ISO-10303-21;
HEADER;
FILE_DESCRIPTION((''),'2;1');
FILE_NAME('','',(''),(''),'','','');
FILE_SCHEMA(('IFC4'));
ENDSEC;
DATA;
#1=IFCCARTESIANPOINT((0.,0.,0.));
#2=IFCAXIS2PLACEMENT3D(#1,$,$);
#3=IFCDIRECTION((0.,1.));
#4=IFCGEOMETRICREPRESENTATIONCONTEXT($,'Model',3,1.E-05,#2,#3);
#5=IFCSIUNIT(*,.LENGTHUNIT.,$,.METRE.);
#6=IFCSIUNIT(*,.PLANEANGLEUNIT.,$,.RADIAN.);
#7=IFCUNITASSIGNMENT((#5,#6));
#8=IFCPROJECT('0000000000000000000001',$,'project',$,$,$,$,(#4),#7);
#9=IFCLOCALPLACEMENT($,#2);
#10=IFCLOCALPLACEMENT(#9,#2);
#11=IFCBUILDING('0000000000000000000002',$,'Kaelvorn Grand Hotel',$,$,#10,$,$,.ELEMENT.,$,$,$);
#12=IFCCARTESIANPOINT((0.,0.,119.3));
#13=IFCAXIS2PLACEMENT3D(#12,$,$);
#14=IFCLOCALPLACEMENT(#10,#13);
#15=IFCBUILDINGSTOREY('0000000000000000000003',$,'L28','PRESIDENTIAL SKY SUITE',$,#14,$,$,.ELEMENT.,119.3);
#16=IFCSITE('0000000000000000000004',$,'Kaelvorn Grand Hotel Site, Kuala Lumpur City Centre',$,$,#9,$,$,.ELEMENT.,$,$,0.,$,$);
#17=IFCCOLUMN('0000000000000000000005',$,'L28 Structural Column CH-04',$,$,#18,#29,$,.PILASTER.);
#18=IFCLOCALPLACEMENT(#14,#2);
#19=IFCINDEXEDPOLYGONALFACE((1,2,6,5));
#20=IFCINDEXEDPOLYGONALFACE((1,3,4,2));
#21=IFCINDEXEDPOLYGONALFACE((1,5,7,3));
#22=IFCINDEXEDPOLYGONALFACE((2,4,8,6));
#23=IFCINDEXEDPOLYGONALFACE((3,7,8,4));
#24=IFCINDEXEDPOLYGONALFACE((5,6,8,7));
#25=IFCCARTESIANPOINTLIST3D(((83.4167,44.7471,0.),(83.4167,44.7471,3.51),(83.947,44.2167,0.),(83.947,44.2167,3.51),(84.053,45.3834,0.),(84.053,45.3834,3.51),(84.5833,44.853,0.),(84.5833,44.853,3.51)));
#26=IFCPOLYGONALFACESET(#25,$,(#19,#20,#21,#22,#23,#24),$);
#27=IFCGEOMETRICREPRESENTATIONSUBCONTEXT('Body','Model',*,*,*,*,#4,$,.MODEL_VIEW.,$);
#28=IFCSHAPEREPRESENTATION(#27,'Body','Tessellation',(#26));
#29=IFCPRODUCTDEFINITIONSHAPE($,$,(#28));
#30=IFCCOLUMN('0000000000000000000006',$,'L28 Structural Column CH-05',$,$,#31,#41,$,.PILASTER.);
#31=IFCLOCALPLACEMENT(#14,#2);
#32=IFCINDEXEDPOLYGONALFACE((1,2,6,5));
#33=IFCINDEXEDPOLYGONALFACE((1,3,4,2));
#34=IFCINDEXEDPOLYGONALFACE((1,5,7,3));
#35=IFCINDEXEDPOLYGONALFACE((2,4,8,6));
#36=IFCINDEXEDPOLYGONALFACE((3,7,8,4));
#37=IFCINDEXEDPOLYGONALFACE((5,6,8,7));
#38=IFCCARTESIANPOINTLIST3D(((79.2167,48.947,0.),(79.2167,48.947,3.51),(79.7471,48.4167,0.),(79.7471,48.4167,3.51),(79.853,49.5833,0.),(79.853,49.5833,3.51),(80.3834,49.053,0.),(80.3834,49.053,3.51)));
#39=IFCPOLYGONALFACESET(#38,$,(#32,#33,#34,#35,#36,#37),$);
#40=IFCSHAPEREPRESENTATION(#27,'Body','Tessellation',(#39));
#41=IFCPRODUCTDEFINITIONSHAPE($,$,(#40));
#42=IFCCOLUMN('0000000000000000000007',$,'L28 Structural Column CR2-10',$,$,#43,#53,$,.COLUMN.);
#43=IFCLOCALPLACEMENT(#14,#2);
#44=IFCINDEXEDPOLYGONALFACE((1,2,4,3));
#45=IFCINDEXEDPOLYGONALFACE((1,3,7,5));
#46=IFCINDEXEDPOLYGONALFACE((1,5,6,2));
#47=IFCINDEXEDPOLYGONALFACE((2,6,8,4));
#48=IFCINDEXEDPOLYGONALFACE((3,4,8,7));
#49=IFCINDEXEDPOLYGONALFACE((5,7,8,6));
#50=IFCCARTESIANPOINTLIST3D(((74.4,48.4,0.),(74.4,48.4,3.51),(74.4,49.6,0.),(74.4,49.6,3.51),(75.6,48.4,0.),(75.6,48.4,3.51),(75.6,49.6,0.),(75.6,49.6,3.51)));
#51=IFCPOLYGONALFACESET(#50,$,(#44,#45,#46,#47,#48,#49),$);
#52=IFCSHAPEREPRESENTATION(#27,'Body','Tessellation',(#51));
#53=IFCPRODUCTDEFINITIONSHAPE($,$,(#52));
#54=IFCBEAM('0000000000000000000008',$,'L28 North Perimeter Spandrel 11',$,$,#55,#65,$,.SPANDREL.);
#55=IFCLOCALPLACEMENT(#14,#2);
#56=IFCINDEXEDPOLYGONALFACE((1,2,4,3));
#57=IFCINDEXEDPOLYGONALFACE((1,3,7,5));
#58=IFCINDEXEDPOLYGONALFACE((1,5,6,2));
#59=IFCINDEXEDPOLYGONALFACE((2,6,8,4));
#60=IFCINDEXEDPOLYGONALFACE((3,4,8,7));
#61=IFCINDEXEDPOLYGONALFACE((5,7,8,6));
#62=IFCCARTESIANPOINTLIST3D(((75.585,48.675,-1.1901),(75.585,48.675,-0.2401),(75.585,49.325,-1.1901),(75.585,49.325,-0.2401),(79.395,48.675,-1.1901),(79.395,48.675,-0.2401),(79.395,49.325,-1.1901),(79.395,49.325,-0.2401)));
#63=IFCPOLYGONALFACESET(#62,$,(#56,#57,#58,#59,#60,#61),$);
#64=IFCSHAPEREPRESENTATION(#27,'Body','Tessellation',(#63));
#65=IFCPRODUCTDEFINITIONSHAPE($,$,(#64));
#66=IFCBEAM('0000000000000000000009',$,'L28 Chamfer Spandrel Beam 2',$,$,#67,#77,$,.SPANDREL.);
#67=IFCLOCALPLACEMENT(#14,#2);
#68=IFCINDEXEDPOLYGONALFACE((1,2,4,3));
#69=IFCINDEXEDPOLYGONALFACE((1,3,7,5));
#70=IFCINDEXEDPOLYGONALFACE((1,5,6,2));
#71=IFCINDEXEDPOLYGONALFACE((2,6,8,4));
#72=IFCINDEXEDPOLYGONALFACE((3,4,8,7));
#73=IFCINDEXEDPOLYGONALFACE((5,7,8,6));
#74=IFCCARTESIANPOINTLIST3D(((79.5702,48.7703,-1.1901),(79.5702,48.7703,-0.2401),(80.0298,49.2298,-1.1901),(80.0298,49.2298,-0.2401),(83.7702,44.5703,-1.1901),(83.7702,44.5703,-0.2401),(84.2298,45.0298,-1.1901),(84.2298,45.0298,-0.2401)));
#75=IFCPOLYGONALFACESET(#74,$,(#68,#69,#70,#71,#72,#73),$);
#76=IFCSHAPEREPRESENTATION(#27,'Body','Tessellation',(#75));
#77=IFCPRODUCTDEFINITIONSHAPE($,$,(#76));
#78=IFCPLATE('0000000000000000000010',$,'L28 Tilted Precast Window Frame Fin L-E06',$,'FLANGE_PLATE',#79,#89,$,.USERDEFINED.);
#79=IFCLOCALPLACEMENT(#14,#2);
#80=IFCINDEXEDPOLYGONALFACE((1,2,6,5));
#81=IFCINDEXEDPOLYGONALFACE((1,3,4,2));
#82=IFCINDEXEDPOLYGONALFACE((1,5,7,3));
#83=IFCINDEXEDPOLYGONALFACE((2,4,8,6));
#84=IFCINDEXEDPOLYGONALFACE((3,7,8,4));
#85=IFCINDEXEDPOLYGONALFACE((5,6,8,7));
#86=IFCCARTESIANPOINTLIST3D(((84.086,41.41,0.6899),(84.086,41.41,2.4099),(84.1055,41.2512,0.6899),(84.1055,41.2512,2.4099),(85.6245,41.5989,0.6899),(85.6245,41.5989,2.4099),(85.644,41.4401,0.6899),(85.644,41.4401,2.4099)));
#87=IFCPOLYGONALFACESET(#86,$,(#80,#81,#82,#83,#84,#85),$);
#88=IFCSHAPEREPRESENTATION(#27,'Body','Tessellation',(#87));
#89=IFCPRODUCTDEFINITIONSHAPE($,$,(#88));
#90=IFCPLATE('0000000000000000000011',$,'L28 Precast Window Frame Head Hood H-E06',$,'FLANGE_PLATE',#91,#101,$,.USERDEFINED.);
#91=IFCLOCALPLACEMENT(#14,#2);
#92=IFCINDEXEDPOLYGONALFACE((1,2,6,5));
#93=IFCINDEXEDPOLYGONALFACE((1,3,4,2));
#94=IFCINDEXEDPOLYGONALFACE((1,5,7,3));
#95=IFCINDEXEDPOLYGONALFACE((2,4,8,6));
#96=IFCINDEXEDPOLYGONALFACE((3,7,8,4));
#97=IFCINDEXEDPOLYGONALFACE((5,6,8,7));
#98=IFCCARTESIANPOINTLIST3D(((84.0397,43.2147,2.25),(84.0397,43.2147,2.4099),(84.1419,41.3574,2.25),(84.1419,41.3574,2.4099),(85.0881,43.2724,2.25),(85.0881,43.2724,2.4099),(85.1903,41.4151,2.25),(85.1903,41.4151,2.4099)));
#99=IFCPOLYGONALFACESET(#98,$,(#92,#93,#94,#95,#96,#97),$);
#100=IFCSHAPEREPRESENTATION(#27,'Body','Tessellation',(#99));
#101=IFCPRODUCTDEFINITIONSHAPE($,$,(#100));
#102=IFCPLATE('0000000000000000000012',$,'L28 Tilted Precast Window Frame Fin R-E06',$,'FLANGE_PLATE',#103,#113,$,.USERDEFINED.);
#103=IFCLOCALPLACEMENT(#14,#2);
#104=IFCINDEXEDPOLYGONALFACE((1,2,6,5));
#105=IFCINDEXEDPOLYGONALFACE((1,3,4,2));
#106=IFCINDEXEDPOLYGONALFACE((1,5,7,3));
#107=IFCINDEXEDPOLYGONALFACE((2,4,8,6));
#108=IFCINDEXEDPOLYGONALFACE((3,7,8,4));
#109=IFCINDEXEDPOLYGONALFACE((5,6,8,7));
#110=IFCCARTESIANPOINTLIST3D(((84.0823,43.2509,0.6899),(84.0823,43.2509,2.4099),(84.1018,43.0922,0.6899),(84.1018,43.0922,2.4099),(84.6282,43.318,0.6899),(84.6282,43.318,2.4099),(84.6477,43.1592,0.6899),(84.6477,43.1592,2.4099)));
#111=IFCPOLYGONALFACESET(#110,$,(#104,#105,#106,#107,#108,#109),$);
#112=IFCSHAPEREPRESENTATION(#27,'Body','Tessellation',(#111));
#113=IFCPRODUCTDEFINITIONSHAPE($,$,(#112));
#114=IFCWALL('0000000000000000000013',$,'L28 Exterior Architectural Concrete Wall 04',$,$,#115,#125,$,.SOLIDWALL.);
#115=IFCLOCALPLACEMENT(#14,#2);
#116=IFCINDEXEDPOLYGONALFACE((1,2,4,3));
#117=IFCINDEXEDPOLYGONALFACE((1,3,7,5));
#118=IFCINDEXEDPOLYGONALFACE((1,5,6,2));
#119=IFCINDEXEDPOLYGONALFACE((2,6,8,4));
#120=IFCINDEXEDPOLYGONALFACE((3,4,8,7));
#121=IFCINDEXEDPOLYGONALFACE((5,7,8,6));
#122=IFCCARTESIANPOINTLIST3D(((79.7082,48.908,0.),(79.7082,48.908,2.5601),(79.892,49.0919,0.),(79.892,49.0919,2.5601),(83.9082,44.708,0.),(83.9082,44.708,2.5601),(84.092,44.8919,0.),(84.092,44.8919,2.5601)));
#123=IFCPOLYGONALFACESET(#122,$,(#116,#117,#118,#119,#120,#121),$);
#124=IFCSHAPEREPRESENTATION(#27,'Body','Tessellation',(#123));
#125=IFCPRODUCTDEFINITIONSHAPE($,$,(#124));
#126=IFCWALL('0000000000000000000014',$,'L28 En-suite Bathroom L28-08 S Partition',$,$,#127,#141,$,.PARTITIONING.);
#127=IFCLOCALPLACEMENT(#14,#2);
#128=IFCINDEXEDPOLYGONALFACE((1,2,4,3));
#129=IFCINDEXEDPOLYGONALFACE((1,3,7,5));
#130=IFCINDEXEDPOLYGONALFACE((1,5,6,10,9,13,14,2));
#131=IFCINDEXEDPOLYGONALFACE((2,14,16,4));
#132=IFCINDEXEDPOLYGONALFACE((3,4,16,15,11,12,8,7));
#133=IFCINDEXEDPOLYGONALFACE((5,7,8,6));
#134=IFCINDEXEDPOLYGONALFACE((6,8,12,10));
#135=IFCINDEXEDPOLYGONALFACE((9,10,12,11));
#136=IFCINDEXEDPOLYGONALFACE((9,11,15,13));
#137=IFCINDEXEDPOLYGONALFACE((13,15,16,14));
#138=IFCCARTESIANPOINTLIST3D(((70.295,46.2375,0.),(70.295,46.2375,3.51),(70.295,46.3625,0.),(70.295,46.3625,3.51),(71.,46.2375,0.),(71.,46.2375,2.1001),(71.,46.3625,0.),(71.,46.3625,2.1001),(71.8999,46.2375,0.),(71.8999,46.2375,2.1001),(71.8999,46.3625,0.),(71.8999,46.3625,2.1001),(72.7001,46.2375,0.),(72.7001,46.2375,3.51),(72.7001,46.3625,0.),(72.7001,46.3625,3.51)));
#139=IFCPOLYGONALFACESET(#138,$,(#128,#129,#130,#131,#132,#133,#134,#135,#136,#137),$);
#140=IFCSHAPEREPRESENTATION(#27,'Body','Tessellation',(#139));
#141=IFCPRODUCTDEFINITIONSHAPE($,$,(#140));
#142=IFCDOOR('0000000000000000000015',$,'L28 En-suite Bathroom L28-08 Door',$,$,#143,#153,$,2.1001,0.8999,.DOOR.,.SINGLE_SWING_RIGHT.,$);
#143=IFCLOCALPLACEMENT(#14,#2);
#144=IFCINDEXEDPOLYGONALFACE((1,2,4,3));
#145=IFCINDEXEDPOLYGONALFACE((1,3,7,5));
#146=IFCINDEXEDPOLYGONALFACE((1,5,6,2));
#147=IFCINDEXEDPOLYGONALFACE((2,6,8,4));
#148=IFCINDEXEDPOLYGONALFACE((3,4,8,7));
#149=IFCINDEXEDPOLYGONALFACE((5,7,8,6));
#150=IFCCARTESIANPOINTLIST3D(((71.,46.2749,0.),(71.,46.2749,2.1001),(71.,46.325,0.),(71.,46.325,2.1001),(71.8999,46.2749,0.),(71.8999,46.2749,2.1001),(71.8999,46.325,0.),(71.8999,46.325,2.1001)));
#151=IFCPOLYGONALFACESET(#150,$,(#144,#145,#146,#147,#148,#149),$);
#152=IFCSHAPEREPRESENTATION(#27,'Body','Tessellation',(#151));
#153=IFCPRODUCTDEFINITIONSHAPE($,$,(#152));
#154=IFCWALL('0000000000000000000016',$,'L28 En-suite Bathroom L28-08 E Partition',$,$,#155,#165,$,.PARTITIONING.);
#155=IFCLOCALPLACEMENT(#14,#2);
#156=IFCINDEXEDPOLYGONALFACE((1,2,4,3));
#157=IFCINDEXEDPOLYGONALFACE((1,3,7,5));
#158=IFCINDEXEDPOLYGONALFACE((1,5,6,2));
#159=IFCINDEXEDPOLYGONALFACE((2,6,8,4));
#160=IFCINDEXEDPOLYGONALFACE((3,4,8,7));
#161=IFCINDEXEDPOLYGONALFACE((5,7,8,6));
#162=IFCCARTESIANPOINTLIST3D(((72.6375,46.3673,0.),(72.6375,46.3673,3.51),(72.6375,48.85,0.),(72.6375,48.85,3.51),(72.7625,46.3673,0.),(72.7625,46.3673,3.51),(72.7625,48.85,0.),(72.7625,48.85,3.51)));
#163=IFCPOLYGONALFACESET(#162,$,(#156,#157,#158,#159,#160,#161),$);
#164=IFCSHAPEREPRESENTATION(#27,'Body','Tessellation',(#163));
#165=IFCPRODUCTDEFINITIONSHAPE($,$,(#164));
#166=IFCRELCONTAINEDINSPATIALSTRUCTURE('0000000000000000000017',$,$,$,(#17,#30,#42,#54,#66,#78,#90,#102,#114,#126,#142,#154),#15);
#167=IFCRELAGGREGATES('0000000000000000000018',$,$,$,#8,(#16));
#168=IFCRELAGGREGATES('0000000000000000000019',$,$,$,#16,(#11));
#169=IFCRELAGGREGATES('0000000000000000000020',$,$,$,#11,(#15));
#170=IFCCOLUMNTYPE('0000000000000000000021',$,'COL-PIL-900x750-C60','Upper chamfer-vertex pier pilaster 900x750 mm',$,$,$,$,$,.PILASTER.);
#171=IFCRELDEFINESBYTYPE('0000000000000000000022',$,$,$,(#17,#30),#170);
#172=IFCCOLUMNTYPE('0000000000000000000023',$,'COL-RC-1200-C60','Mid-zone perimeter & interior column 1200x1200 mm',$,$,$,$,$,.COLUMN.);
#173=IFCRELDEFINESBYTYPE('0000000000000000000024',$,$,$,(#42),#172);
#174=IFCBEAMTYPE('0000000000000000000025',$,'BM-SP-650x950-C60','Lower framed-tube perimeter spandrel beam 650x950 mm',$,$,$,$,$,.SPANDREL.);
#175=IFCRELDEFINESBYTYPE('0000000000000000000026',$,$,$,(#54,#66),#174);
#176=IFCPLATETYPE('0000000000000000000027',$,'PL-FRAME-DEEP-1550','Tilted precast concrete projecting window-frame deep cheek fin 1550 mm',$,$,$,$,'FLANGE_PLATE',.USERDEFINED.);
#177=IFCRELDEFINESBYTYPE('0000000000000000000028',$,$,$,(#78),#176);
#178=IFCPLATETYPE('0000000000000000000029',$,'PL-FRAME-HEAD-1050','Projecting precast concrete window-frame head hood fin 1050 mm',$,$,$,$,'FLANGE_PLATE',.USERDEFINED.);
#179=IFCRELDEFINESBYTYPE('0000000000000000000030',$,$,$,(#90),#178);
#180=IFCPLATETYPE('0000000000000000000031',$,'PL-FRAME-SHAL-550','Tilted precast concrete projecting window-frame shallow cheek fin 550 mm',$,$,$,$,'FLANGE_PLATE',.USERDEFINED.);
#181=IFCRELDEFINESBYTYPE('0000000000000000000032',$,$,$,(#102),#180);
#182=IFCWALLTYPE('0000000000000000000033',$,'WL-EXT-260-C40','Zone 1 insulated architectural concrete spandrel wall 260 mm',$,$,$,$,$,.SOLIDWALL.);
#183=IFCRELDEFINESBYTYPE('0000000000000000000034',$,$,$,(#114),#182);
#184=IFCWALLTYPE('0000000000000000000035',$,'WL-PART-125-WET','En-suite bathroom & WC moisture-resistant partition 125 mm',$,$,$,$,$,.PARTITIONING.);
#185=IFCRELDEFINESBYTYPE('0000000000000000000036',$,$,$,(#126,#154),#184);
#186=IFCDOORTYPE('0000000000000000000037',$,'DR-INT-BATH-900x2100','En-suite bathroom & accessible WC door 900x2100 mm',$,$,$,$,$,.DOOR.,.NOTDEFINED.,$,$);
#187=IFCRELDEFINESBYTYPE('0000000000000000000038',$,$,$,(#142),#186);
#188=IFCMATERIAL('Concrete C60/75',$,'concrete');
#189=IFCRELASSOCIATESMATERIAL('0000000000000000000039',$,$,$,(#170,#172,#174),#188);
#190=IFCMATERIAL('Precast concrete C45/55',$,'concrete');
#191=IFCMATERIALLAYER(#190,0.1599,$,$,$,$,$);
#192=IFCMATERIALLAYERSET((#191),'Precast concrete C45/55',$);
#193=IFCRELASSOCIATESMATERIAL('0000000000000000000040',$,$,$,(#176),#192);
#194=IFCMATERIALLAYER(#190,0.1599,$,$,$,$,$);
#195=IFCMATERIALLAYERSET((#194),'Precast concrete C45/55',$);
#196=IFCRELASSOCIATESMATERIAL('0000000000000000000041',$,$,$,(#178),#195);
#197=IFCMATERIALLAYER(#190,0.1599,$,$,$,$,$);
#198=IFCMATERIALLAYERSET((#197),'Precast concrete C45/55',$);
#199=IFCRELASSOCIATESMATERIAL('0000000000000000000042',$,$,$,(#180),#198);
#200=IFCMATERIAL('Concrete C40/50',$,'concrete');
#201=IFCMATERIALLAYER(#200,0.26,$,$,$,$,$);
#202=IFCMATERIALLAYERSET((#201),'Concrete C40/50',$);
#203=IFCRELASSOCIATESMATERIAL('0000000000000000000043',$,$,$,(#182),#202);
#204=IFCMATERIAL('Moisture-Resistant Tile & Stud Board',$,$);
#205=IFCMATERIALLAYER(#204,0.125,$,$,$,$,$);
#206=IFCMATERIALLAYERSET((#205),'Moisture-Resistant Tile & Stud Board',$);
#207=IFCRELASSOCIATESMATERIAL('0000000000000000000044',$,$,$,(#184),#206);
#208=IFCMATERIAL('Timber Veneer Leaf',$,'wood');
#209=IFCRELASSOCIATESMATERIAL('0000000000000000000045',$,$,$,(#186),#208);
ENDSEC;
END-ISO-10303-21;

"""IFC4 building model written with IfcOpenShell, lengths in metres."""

from ifc_helpers import new_model, si_unit, direction, frame, frame_2d, origin, origin_2d, place, context, subcontext, project, spatial, rectangle, extrude, material, layer, layer_set, material_profile, profile_set, type_object, element, fill, save


model = new_model("IFC4")

# Units and contexts
model_context = context("Model", 3, precision=1e-05, world=origin(), true_north=direction((0.0, 1.0)))
body_context = subcontext(model_context, "Body", "Model", "MODEL_VIEW")
ifc_project = project(units=[si_unit("LENGTHUNIT", "METRE"), si_unit("PLANEANGLEUNIT", "RADIAN")], contexts=[model_context])

# Site, building, storey
site_placement = place(None, origin())
site = spatial("IfcSite", under=ifc_project, at=site_placement, Name="Kaelvorn Grand Hotel Site, Kuala Lumpur City Centre", CompositionType="ELEMENT", RefElevation=0.0)
building_placement = place(site_placement, origin())
building = spatial("IfcBuilding", under=site, at=building_placement, Name="Kaelvorn Grand Hotel", CompositionType="ELEMENT")
storey_placement = place(building_placement, frame((0.0, 0.0, 119.3)))
storey = spatial("IfcBuildingStorey", under=building, at=storey_placement, Name="L28", Description="PRESIDENTIAL SKY SUITE", CompositionType="ELEMENT", Elevation=119.3)

# Columns
ifc_material_1 = material(Name="Concrete C60/75", Category="concrete")
ifc_material_profile_1 = material_profile(ifc_material_1, rectangle(XDim=0.8999, YDim=0.75, at=origin_2d()), Name="RC PILASTER 900x750")
ifc_profile_set_1 = profile_set([ifc_material_profile_1], Name="Concrete C60/75")
column_type_1 = type_object("IfcColumnType", Name="COL-PIL-900x750-C60", Description="Upper chamfer-vertex pier pilaster 900x750 mm", PredefinedType="PILASTER", material=ifc_profile_set_1)
for number, where, z_axis, x_axis, name in (
    (1, (84.0, 44.8, 0.0), (0.0, 0.0, 1.0), (0.707107, 0.707107, 0.0), "L28 Structural Column CH-04"),
    (2, (79.8, 49.0, 0.0), (0.0, 0.0, 1.0), (0.707107, 0.707107, 0.0), "L28 Structural Column CH-05"),
):
    element("IfcColumn", number, at=place(storey_placement, frame(where, z_axis=z_axis, x_axis=x_axis)), inside=storey, type_object=column_type_1, Name=name, PredefinedType="PILASTER", context=body_context, shape_type="SweptSolid", body=[
        extrude(rectangle(XDim=0.8999, YDim=0.75, at=origin_2d()), origin(), (0.0, 0.0, 1.0), 3.51),
    ])
ifc_material_profile_2 = material_profile(ifc_material_1, rectangle(XDim=1.2, YDim=1.2, at=origin_2d()), Name="RC COL 1200x1200")
ifc_profile_set_2 = profile_set([ifc_material_profile_2], Name="Concrete C60/75")
column_type_2 = type_object("IfcColumnType", Name="COL-RC-1200-C60", Description="Mid-zone perimeter & interior column 1200x1200 mm", PredefinedType="COLUMN", material=ifc_profile_set_2)
column_placement = place(storey_placement, frame((75.0, 49.0, 0.0), z_axis=(0.0, 0.0, 1.0), x_axis=(1.0, 0.0, 0.0)))
element("IfcColumn", 3, at=column_placement, inside=storey, type_object=column_type_2, Name="L28 Structural Column CR2-10", PredefinedType="COLUMN", context=body_context, shape_type="SweptSolid", body=[
    extrude(rectangle(XDim=1.2, YDim=1.2, at=origin_2d()), origin(), (0.0, 0.0, 1.0), 3.51),
])

# Beams
ifc_material_profile_3 = material_profile(ifc_material_1, rectangle(XDim=0.6499, YDim=0.95, at=origin_2d()), Name="RC SPANDREL 650x950")
ifc_profile_set_3 = profile_set([ifc_material_profile_3], Name="Concrete C60/75")
beam_type = type_object("IfcBeamType", Name="BM-SP-650x950-C60", Description="Lower framed-tube perimeter spandrel beam 650x950 mm", PredefinedType="SPANDREL", material=ifc_profile_set_3)
beam_1_placement = place(storey_placement, frame((75.585, 49.0, -0.7151), z_axis=(1.0, 0.0, 0.0), x_axis=(0.0, 1.0, 0.0)))
element("IfcBeam", 4, at=beam_1_placement, inside=storey, type_object=beam_type, Name="L28 North Perimeter Spandrel 11", PredefinedType="SPANDREL", context=body_context, shape_type="SweptSolid", body=[
    extrude(rectangle(XDim=0.6499, YDim=0.95, at=origin_2d()), origin(), (0.0, 0.0, 1.0), 3.8101),
])
beam_2_placement = place(storey_placement, frame((84.0, 44.8, -0.7151), z_axis=(-0.707107, 0.707107, 0.0), x_axis=(-0.707107, -0.707107, 0.0)))
element("IfcBeam", 5, at=beam_2_placement, inside=storey, type_object=beam_type, Name="L28 Chamfer Spandrel Beam 2", PredefinedType="SPANDREL", context=body_context, shape_type="SweptSolid", body=[
    extrude(rectangle(XDim=0.6499, YDim=0.95, at=origin_2d()), origin(), (0.0, 0.0, 1.0), 5.9397),
])

# Plates
ifc_material_2 = material(Name="Precast concrete C45/55", Category="concrete")
ifc_layer_1 = layer(ifc_material_2, 0.1599)
ifc_layer_set_1 = layer_set([ifc_layer_1], Name="Precast concrete C45/55")
plate_type_1 = type_object("IfcPlateType", Name="PL-FRAME-DEEP-1550", Description="Tilted precast concrete projecting window-frame deep cheek fin 1550 mm", ElementType="FLANGE_PLATE", PredefinedType="USERDEFINED", material=ifc_layer_set_1)
plate_1_placement = place(storey_placement, frame((84.865, 41.425, 0.6899), z_axis=(0.0, 0.0, 1.0), x_axis=(-0.121869, 0.992546, 0.0)))
element("IfcPlate", 6, at=plate_1_placement, inside=storey, type_object=plate_type_1, Name="L28 Tilted Precast Window Frame Fin L-E06", ObjectType="FLANGE_PLATE", PredefinedType="USERDEFINED", context=body_context, shape_type="SweptSolid", body=[
    extrude(rectangle(XDim=0.1599, YDim=1.55, at=origin_2d()), origin(), (0.0, 0.0, 1.0), 1.72),
])
ifc_layer_2 = layer(ifc_material_2, 0.1599)
ifc_layer_set_2 = layer_set([ifc_layer_2], Name="Precast concrete C45/55")
plate_type_2 = type_object("IfcPlateType", Name="PL-FRAME-HEAD-1050", Description="Projecting precast concrete window-frame head hood fin 1050 mm", ElementType="FLANGE_PLATE", PredefinedType="USERDEFINED", material=ifc_layer_set_2)
plate_2_placement = place(storey_placement, frame((84.615, 42.3149, 2.25), z_axis=(0.0, 0.0, 1.0), x_axis=(-0.05495, 0.998489, 0.0)))
element("IfcPlate", 7, at=plate_2_placement, inside=storey, type_object=plate_type_2, Name="L28 Precast Window Frame Head Hood H-E06", ObjectType="FLANGE_PLATE", PredefinedType="USERDEFINED", context=body_context, shape_type="SweptSolid", body=[
    extrude(rectangle(XDim=1.8601, YDim=1.05, at=origin_2d()), origin(), (0.0, 0.0, 1.0), 0.1599),
])
ifc_layer_3 = layer(ifc_material_2, 0.1599)
ifc_layer_set_3 = layer_set([ifc_layer_3], Name="Precast concrete C45/55")
plate_type_3 = type_object("IfcPlateType", Name="PL-FRAME-SHAL-550", Description="Tilted precast concrete projecting window-frame shallow cheek fin 550 mm", ElementType="FLANGE_PLATE", PredefinedType="USERDEFINED", material=ifc_layer_set_3)
plate_3_placement = place(storey_placement, frame((84.365, 43.2051, 0.6899), z_axis=(0.0, 0.0, 1.0), x_axis=(-0.121869, 0.992546, 0.0)))
element("IfcPlate", 8, at=plate_3_placement, inside=storey, type_object=plate_type_3, Name="L28 Tilted Precast Window Frame Fin R-E06", ObjectType="FLANGE_PLATE", PredefinedType="USERDEFINED", context=body_context, shape_type="SweptSolid", body=[
    extrude(rectangle(XDim=0.1599, YDim=0.55, at=origin_2d()), origin(), (0.0, 0.0, 1.0), 1.72),
])

# Wall
ifc_material_3 = material(Name="Concrete C40/50", Category="concrete")
ifc_layer_4 = layer(ifc_material_3, 0.26)
ifc_layer_set_4 = layer_set([ifc_layer_4], Name="Concrete C40/50")
wall_type_1 = type_object("IfcWallType", Name="WL-EXT-260-C40", Description="Zone 1 insulated architectural concrete spandrel wall 260 mm", PredefinedType="SOLIDWALL", material=ifc_layer_set_4)
wall_1_placement = place(storey_placement, frame((84.0, 44.8, 0.0), z_axis=(0.0, 0.0, 1.0), x_axis=(-0.707107, 0.707107, 0.0)))
element("IfcWall", 9, at=wall_1_placement, inside=storey, type_object=wall_type_1, Name="L28 Exterior Architectural Concrete Wall 04", PredefinedType="SOLIDWALL", context=body_context, shape_type="SweptSolid", body=[
    extrude(rectangle(XDim=5.9397, YDim=0.26, at=frame_2d((2.9697, 0.0))), origin(), (0.0, 0.0, 1.0), 2.5601),
])

# Wall, opening, door
ifc_material_4 = material(Name="Moisture-Resistant Tile & Stud Board")
ifc_layer_5 = layer(ifc_material_4, 0.125)
ifc_layer_set_5 = layer_set([ifc_layer_5], Name="Moisture-Resistant Tile & Stud Board")
wall_type_2 = type_object("IfcWallType", Name="WL-PART-125-WET", Description="En-suite bathroom & WC moisture-resistant partition 125 mm", PredefinedType="PARTITIONING", material=ifc_layer_set_5)
wall_2_placement = place(storey_placement, frame((70.2949, 46.3, 0.0), z_axis=(0.0, 0.0, 1.0), x_axis=(1.0, 0.0, 0.0)))
wall_2 = element("IfcWall", 10, at=wall_2_placement, inside=storey, type_object=wall_type_2, Name="L28 En-suite Bathroom L28-08 S Partition", PredefinedType="PARTITIONING", context=body_context, shape_type="SweptSolid", body=[
    extrude(rectangle(XDim=2.405, YDim=0.125, at=frame_2d((1.2026, 0.0))), origin(), (0.0, 0.0, 1.0), 3.51),
])
opening_1_placement = place(wall_2_placement, frame((0.7051, 0.0, 0.0)))
opening_1 = element("IfcOpeningElement", 11, at=opening_1_placement, cuts=wall_2, PredefinedType="OPENING", context=body_context, shape_type="SweptSolid", body=[
    extrude(rectangle(XDim=0.8999, YDim=2.1001, at=frame_2d((0.45, 1.05))), frame((0.0, 0.0725, 0.0), z_axis=(0.0, -1.0, 0.0), x_axis=(1.0, 0.0, 0.0)), (0.0, 0.0, 1.0), 0.145),
])
ifc_material_5 = material(Name="Timber Veneer Leaf", Category="wood")
door_type = type_object("IfcDoorType", Name="DR-INT-BATH-900x2100", Description="En-suite bathroom & accessible WC door 900x2100 mm", OperationType="NOTDEFINED", PredefinedType="DOOR", material=ifc_material_5)
door_placement = place(opening_1_placement, origin())
door = element("IfcDoor", 12, at=door_placement, inside=storey, type_object=door_type, Name="L28 En-suite Bathroom L28-08 Door", OperationType="SINGLE_SWING_RIGHT", OverallHeight=2.1001, OverallWidth=0.8999, PredefinedType="DOOR", context=body_context, shape_type="SweptSolid", body=[
    extrude(rectangle(XDim=0.8999, YDim=2.1001, at=frame_2d((0.45, 1.05))), frame((0.0, 0.0249, 0.0), z_axis=(0.0, -1.0, 0.0), x_axis=(1.0, 0.0, 0.0)), (0.0, 0.0, 1.0), 0.05),
])
fill(opening_1, door)

# Wall
wall_3_placement = place(storey_placement, frame((72.7, 46.3674, 0.0), z_axis=(0.0, 0.0, 1.0), x_axis=(0.0, 1.0, 0.0)))
element("IfcWall", 13, at=wall_3_placement, inside=storey, type_object=wall_type_2, Name="L28 En-suite Bathroom L28-08 E Partition", PredefinedType="PARTITIONING", context=body_context, shape_type="SweptSolid", body=[
    extrude(rectangle(XDim=2.4827, YDim=0.125, at=frame_2d((1.2412, 0.0))), origin(), (0.0, 0.0, 1.0), 3.51),
])

save(model, "model.ifc")
